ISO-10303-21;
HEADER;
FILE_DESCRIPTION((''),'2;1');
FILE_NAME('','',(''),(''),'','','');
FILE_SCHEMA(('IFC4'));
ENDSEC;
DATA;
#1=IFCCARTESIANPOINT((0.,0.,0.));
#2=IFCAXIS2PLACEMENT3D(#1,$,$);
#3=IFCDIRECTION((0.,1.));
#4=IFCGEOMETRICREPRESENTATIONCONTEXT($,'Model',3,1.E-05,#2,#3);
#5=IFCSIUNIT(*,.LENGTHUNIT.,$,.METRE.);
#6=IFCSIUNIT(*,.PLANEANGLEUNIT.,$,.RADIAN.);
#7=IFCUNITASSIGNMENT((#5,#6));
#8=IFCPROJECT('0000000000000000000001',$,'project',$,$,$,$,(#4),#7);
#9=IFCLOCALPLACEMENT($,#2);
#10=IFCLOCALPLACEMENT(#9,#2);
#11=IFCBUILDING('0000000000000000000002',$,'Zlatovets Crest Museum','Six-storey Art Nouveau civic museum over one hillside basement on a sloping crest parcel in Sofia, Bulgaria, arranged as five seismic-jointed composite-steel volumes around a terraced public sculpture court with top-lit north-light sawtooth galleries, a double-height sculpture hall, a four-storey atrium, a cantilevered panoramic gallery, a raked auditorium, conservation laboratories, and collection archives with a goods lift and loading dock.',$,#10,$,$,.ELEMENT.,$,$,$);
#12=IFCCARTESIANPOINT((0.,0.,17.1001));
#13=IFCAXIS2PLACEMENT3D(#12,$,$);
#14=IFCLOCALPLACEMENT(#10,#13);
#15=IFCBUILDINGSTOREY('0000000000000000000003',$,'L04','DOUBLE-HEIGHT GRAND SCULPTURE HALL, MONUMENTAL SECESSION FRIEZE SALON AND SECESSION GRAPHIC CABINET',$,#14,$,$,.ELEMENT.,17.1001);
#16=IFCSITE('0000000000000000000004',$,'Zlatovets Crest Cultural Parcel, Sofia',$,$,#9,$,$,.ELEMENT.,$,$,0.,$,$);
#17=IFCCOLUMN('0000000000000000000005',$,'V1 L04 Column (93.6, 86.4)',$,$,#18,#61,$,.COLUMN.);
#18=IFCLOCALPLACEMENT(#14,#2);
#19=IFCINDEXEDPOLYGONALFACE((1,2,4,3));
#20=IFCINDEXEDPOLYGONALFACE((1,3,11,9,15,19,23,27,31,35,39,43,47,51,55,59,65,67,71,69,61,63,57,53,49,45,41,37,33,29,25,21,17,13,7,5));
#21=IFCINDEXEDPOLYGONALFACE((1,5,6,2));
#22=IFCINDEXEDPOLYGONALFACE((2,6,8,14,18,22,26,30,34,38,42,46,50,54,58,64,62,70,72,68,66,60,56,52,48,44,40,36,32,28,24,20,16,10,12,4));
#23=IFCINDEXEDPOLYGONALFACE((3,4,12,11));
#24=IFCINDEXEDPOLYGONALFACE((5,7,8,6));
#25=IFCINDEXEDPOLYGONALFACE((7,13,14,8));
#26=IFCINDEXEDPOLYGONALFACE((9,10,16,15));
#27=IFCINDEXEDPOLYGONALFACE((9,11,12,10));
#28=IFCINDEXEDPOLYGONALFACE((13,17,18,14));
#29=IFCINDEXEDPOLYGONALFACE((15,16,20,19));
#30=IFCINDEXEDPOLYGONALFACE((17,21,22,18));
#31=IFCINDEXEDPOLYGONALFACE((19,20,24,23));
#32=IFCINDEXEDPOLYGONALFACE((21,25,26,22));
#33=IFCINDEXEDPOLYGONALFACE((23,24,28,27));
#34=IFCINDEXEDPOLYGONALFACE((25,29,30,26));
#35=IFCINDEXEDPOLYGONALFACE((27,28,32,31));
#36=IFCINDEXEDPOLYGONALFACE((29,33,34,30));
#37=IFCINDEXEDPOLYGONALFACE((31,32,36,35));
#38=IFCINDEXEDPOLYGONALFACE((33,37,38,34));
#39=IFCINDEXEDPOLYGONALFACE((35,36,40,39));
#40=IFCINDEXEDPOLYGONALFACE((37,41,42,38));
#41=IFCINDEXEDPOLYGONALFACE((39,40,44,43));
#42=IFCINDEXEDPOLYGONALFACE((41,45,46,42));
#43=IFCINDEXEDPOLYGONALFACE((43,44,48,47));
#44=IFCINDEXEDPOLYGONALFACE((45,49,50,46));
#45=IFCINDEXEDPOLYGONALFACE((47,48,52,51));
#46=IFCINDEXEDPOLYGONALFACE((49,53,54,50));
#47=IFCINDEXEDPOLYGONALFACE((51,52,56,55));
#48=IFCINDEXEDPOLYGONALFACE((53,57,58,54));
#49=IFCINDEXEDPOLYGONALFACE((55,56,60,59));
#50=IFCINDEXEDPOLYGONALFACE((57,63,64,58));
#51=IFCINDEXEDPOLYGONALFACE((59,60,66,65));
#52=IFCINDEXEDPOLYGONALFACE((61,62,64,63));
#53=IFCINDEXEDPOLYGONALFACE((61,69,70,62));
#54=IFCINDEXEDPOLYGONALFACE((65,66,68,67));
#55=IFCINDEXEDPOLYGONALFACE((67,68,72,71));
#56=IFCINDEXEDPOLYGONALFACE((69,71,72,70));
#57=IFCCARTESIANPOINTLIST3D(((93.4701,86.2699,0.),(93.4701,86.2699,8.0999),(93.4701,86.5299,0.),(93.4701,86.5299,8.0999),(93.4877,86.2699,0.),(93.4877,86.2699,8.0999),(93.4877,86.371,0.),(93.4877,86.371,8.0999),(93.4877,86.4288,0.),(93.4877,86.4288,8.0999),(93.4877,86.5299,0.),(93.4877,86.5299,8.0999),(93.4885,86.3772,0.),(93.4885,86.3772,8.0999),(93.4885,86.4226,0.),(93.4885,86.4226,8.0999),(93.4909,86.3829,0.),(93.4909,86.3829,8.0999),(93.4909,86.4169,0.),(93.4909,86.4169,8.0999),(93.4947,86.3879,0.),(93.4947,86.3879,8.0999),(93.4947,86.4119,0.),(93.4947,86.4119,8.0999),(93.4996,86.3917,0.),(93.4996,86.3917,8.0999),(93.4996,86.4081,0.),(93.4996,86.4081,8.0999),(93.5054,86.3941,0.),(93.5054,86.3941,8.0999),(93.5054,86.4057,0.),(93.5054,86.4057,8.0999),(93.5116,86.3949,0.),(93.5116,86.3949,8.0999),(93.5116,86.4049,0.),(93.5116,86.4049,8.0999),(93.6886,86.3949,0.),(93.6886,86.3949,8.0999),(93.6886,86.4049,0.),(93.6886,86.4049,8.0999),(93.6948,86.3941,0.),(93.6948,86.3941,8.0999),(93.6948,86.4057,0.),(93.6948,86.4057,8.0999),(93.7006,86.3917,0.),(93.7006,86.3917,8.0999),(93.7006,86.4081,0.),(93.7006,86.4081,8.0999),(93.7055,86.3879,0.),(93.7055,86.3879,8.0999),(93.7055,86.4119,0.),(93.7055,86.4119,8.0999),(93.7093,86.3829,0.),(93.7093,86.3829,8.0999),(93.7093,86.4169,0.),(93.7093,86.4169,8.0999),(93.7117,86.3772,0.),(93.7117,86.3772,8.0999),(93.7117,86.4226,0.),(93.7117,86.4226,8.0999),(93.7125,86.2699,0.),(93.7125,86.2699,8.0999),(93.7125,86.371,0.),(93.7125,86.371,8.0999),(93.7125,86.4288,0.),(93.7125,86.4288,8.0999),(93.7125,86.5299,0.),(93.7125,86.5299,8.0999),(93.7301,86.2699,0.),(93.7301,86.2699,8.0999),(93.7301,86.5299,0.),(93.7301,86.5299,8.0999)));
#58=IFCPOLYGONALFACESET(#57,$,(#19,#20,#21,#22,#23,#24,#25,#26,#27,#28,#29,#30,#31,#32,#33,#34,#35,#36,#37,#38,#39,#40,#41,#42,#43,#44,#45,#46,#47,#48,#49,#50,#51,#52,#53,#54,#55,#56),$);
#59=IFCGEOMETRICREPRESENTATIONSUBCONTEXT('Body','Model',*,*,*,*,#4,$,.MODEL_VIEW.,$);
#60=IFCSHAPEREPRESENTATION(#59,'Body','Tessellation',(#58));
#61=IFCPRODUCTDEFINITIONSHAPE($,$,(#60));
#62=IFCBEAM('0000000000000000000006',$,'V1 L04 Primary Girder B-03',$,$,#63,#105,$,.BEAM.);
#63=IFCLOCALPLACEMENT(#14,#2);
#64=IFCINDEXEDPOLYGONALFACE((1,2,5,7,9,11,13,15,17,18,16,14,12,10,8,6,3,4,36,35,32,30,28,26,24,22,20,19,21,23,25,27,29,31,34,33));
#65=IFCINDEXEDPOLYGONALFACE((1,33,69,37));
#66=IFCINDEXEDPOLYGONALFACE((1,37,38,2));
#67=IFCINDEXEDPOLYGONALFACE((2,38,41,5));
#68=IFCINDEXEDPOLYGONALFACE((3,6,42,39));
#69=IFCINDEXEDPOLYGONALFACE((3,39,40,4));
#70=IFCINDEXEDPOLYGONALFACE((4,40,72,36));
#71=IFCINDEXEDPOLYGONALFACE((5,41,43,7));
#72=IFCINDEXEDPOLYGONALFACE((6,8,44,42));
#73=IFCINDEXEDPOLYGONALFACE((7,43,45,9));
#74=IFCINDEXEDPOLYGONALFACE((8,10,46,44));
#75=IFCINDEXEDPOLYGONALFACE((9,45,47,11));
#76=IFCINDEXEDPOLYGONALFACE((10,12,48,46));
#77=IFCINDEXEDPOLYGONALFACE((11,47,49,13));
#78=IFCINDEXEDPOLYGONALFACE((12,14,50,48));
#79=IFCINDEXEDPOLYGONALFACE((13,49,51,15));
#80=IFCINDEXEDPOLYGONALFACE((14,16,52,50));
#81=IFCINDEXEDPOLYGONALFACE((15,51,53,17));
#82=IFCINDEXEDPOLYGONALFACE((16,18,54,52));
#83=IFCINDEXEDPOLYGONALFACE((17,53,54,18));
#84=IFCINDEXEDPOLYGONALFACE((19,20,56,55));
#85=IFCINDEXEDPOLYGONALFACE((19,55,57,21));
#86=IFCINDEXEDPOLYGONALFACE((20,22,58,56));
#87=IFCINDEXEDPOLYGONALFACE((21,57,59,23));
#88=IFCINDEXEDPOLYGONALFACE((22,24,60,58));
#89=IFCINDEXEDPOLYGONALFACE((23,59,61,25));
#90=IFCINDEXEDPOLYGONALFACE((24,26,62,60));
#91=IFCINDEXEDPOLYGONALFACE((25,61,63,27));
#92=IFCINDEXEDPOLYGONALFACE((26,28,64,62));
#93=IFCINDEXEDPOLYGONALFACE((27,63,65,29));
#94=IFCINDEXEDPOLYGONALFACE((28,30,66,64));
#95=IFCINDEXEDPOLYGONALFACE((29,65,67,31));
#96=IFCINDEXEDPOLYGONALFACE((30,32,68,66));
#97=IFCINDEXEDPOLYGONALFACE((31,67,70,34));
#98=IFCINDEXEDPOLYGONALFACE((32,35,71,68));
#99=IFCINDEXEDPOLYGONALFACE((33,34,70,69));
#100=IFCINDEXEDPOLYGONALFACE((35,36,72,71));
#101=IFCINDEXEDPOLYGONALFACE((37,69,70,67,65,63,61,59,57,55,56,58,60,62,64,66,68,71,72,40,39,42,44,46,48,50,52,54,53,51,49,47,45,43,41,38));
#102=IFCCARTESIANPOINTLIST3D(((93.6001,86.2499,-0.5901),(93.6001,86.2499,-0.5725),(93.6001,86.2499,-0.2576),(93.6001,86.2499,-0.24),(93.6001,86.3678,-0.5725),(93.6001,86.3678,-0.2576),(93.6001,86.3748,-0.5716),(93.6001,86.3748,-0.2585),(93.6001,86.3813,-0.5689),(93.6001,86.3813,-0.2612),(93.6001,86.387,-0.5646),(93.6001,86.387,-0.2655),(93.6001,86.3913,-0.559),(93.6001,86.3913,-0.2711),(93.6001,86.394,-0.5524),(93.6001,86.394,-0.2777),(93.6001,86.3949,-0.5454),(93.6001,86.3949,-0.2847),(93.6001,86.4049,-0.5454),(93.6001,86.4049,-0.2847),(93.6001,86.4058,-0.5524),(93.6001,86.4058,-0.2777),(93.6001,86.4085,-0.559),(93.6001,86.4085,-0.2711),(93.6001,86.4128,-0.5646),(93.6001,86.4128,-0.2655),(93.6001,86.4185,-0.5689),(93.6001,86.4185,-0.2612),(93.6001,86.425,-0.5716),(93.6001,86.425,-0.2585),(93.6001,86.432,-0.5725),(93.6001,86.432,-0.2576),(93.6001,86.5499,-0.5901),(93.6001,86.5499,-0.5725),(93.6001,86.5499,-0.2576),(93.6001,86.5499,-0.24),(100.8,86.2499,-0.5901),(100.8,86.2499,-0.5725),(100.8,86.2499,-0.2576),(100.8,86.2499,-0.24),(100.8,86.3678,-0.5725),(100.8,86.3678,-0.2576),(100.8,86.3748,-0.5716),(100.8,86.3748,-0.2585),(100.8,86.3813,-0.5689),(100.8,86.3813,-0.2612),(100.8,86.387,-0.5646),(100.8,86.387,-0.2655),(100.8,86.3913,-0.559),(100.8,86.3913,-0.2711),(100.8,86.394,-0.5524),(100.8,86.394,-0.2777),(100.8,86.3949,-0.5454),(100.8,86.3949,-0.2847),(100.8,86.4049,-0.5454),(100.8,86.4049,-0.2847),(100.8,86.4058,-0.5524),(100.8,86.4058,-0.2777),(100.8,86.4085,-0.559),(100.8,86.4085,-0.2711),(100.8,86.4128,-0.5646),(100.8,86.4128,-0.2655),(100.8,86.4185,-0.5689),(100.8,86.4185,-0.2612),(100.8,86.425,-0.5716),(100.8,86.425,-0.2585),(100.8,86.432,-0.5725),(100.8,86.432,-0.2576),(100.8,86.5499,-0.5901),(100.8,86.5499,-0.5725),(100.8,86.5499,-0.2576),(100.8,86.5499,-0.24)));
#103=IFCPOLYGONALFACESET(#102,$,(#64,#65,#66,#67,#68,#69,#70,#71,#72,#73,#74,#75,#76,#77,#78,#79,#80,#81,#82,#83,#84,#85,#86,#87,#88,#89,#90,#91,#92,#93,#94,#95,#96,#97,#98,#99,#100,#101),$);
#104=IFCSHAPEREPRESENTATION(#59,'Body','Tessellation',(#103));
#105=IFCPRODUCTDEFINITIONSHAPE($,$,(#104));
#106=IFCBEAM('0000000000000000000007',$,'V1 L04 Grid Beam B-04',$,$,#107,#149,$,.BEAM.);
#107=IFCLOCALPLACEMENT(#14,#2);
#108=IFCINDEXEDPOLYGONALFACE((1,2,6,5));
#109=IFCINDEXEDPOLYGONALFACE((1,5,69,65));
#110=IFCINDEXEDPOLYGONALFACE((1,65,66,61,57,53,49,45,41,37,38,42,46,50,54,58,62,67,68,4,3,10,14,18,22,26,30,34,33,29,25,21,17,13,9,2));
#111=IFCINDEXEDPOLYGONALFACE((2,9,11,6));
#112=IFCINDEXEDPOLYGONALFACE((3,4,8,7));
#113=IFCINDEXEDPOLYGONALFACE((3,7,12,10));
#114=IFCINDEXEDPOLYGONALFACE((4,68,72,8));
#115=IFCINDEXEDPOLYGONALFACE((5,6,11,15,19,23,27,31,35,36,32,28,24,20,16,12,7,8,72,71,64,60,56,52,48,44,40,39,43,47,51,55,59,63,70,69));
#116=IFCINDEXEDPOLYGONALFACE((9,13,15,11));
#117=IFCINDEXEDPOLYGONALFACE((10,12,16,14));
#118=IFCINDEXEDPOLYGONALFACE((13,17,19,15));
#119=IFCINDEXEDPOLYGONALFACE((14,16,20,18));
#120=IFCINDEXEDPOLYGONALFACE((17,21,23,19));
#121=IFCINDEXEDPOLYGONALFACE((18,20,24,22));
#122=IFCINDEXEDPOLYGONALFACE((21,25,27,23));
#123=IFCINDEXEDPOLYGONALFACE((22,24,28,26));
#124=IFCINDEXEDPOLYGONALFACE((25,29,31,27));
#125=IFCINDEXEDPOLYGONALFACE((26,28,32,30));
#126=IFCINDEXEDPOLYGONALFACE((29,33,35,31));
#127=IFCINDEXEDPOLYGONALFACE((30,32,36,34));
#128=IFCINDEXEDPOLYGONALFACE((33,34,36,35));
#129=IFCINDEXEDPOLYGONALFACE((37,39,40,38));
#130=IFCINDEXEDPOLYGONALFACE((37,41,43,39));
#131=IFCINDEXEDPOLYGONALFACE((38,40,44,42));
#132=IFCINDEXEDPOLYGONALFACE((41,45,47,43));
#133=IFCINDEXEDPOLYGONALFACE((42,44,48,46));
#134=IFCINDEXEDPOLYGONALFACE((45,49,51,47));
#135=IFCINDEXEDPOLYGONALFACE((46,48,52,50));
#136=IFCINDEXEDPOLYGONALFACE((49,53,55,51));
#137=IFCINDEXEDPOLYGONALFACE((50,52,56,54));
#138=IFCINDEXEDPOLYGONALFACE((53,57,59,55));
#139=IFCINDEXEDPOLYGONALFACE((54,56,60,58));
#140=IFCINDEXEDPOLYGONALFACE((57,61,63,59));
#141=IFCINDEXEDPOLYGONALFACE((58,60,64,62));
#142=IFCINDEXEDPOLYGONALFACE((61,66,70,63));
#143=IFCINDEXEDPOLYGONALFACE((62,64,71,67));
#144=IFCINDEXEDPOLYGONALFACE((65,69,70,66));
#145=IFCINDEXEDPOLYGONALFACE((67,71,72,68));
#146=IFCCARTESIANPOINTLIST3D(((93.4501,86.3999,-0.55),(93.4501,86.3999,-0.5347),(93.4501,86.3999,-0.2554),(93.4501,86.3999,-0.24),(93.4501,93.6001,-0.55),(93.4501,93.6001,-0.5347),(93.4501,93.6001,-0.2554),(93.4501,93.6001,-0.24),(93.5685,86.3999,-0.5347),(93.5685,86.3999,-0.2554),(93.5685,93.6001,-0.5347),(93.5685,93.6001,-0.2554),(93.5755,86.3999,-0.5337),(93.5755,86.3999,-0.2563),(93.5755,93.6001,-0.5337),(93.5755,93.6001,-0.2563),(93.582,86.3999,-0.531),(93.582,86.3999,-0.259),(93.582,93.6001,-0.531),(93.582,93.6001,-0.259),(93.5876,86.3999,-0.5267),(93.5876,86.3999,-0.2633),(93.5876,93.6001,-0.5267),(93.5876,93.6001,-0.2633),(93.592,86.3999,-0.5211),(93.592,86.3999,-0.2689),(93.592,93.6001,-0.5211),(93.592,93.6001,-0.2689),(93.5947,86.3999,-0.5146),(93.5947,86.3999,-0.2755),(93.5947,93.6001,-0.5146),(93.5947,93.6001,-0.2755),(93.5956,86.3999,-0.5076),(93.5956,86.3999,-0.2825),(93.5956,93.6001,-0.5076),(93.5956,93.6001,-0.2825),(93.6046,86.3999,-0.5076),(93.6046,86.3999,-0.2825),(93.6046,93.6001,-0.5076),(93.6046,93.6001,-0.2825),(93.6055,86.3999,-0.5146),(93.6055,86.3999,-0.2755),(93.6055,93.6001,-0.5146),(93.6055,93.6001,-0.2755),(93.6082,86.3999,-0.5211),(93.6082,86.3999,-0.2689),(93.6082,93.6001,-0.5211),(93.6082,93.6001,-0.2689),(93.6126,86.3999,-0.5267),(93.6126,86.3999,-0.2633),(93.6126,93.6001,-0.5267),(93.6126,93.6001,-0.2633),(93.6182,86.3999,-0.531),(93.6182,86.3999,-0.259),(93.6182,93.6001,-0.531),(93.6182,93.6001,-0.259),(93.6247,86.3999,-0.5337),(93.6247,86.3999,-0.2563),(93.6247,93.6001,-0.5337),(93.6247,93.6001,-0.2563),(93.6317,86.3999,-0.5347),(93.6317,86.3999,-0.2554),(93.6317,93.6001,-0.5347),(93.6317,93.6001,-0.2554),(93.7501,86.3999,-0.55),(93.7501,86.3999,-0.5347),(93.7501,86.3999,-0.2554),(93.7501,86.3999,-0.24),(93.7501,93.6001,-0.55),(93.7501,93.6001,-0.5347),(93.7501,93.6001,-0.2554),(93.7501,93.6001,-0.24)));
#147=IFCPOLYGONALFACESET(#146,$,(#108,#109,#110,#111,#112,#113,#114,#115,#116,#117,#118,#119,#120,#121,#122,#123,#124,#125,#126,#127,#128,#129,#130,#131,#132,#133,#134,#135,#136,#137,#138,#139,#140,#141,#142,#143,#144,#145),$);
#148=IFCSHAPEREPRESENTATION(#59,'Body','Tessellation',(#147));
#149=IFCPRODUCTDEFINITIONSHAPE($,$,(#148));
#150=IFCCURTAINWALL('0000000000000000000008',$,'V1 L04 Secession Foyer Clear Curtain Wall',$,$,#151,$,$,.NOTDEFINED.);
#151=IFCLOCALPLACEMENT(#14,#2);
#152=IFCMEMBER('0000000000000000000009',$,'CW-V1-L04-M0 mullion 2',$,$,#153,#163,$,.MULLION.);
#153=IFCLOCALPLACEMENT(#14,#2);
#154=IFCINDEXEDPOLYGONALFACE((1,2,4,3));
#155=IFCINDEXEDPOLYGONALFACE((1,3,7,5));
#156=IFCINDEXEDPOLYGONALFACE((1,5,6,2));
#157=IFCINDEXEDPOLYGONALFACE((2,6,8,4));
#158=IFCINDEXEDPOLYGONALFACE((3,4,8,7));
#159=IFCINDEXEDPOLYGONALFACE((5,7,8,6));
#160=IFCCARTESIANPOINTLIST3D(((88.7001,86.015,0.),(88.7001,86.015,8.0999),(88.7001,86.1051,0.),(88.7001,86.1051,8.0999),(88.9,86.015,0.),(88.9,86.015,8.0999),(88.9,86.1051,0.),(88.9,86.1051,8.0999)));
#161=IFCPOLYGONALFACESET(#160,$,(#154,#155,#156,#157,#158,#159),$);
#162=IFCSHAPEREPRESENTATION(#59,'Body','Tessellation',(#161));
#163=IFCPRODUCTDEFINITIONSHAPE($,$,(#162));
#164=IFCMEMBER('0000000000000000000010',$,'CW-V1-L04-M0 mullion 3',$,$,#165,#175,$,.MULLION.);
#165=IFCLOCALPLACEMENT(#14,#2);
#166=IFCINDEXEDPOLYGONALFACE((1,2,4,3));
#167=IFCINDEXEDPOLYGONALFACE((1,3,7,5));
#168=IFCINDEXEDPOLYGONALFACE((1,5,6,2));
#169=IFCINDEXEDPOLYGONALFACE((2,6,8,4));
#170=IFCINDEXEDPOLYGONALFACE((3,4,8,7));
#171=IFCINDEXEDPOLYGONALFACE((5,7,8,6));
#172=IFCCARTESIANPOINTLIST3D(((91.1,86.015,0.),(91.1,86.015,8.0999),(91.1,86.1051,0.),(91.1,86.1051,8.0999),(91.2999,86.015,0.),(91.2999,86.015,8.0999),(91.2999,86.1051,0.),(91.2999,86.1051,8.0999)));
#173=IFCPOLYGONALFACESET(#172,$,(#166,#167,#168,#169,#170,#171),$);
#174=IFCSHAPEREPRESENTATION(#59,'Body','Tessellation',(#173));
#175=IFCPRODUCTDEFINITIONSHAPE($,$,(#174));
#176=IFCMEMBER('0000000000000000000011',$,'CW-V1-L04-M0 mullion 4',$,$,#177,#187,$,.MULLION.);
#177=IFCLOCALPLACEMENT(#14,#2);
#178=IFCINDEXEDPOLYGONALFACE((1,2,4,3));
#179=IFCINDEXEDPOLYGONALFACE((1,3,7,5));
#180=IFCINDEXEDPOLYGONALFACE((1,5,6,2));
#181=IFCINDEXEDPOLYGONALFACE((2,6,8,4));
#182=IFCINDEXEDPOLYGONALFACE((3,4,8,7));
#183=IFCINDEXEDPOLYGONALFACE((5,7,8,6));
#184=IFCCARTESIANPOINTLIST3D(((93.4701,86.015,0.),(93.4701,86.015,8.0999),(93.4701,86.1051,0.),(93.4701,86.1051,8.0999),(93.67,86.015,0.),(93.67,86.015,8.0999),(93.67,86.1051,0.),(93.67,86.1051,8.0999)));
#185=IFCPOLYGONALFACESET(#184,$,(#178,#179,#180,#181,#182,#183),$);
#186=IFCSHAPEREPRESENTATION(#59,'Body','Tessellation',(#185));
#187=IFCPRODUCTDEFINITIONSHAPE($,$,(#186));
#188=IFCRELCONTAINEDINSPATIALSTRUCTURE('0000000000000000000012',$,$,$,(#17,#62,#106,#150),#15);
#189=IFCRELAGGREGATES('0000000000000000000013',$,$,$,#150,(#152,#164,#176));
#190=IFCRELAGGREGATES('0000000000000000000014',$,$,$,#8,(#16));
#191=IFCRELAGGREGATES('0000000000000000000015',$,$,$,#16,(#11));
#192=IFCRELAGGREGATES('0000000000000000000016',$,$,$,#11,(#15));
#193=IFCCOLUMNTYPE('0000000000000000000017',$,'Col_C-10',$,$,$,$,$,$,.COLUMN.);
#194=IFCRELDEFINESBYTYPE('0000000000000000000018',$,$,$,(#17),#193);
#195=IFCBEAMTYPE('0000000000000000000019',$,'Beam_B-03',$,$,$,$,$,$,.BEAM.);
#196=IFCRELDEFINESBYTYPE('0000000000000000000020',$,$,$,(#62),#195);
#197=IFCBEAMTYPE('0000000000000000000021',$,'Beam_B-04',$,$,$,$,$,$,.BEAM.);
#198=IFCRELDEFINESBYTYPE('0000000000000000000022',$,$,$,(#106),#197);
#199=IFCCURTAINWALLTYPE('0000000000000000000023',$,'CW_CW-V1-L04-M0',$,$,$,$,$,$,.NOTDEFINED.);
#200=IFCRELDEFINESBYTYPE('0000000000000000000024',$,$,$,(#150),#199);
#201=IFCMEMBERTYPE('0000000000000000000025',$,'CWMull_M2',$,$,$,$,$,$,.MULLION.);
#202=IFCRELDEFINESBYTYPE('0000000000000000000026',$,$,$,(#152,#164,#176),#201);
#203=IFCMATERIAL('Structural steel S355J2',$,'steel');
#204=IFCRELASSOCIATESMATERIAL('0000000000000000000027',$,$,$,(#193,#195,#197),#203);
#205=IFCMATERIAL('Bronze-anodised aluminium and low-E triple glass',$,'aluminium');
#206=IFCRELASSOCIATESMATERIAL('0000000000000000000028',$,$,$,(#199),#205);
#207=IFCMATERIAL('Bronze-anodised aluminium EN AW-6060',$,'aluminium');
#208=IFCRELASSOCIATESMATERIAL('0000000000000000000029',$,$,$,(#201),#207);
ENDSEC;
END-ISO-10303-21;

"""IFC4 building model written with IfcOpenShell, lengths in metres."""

from ifc_helpers import new_model, si_unit, direction, frame, origin, origin_2d, place, context, subcontext, project, spatial, rectangle, i_section, extrude, material, material_profile, profile_set, type_object, element, aggregate, save


model = new_model("IFC4")

# Units and contexts
model_context = context("Model", 3, precision=1e-05, world=origin(), true_north=direction((0.0, 1.0)))
body_context = subcontext(model_context, "Body", "Model", "MODEL_VIEW")
ifc_project = project(units=[si_unit("LENGTHUNIT", "METRE"), si_unit("PLANEANGLEUNIT", "RADIAN")], contexts=[model_context])

# Site, building, storey
site_placement = place(None, origin())
site = spatial("IfcSite", under=ifc_project, at=site_placement, Name="Zlatovets Crest Cultural Parcel, Sofia", CompositionType="ELEMENT", RefElevation=0.0)
building_placement = place(site_placement, origin())
building = spatial("IfcBuilding", under=site, at=building_placement, Name="Zlatovets Crest Museum", Description="Six-storey Art Nouveau civic museum over one hillside basement on a sloping crest parcel in Sofia, Bulgaria, arranged as five seismic-jointed composite-steel volumes around a terraced public sculpture court with top-lit north-light sawtooth galleries, a double-height sculpture hall, a four-storey atrium, a cantilevered panoramic gallery, a raked auditorium, conservation laboratories, and collection archives with a goods lift and loading dock.", CompositionType="ELEMENT")
storey_placement = place(building_placement, frame((0.0, 0.0, 17.1001)))
storey = spatial("IfcBuildingStorey", under=building, at=storey_placement, Name="L04", Description="DOUBLE-HEIGHT GRAND SCULPTURE HALL, MONUMENTAL SECESSION FRIEZE SALON AND SECESSION GRAPHIC CABINET", CompositionType="ELEMENT", Elevation=17.1001)

# Column
ifc_material_1 = material(Name="Structural steel S355J2", Category="steel")
ifc_material_profile_1 = material_profile(ifc_material_1, i_section(OverallWidth=0.26, OverallDepth=0.26, WebThickness=0.01, FlangeThickness=0.0176, FilletRadius=0.0239, at=origin_2d()), Name="HEB 260")
ifc_profile_set_1 = profile_set([ifc_material_profile_1], Name="Structural steel S355J2")
column_type = type_object("IfcColumnType", Name="Col_C-10", PredefinedType="COLUMN", material=ifc_profile_set_1)
column_placement = place(storey_placement, frame((93.6001, 86.3999, 0.0), z_axis=(0.0, 0.0, 1.0), x_axis=(0.0, 1.0, 0.0)))
element("IfcColumn", 1, at=column_placement, inside=storey, type_object=column_type, Name="V1 L04 Column (93.6, 86.4)", PredefinedType="COLUMN", context=body_context, shape_type="SweptSolid", body=[
    extrude(i_section(OverallWidth=0.26, OverallDepth=0.26, WebThickness=0.01, FlangeThickness=0.0176, FilletRadius=0.0239, at=origin_2d()), origin(), (0.0, 0.0, 1.0), 8.0999),
])

# Beams
ifc_material_profile_2 = material_profile(ifc_material_1, i_section(OverallWidth=0.3, OverallDepth=0.3501, WebThickness=0.01, FlangeThickness=0.0176, FilletRadius=0.0271, at=origin_2d()), Name="HEA 360")
ifc_profile_set_2 = profile_set([ifc_material_profile_2], Name="Structural steel S355J2")
beam_type_1 = type_object("IfcBeamType", Name="Beam_B-03", PredefinedType="BEAM", material=ifc_profile_set_2)
beam_1_placement = place(storey_placement, frame((93.6001, 86.3999, -0.415), z_axis=(1.0, 0.0, 0.0), x_axis=(0.0, 1.0, 0.0)))
element("IfcBeam", 2, at=beam_1_placement, inside=storey, type_object=beam_type_1, Name="V1 L04 Primary Girder B-03", PredefinedType="BEAM", context=body_context, shape_type="SweptSolid", body=[
    extrude(i_section(OverallWidth=0.3, OverallDepth=0.3501, WebThickness=0.01, FlangeThickness=0.0176, FilletRadius=0.0271, at=origin_2d()), origin(), (0.0, 0.0, 1.0), 7.2),
])
ifc_material_profile_3 = material_profile(ifc_material_1, i_section(OverallWidth=0.3, OverallDepth=0.3101, WebThickness=0.009, FlangeThickness=0.0154, FilletRadius=0.0271, at=origin_2d()), Name="HEA 320")
ifc_profile_set_3 = profile_set([ifc_material_profile_3], Name="Structural steel S355J2")
beam_type_2 = type_object("IfcBeamType", Name="Beam_B-04", PredefinedType="BEAM", material=ifc_profile_set_3)
beam_2_placement = place(storey_placement, frame((93.6001, 86.3999, -0.395), z_axis=(0.0, 1.0, 0.0), x_axis=(-1.0, 0.0, 0.0)))
element("IfcBeam", 3, at=beam_2_placement, inside=storey, type_object=beam_type_2, Name="V1 L04 Grid Beam B-04", PredefinedType="BEAM", context=body_context, shape_type="SweptSolid", body=[
    extrude(i_section(OverallWidth=0.3, OverallDepth=0.3101, WebThickness=0.009, FlangeThickness=0.0154, FilletRadius=0.0271, at=origin_2d()), origin(), (0.0, 0.0, 1.0), 7.2002),
])

# Curtain wall, members
ifc_material_2 = material(Name="Bronze-anodised aluminium and low-E triple glass", Category="aluminium")
curtain_wall_type = type_object("IfcCurtainWallType", Name="CW_CW-V1-L04-M0", PredefinedType="NOTDEFINED", material=ifc_material_2)
curtain_wall_placement = place(storey_placement, origin())
curtain_wall = element("IfcCurtainWall", 4, at=curtain_wall_placement, inside=storey, type_object=curtain_wall_type, Name="V1 L04 Secession Foyer Clear Curtain Wall", PredefinedType="NOTDEFINED")
ifc_material_3 = material(Name="Bronze-anodised aluminium EN AW-6060", Category="aluminium")
ifc_material_profile_4 = material_profile(ifc_material_3, rectangle(XDim=0.0901, YDim=0.2, at=origin_2d()), Name="ALU 90x200")
ifc_profile_set_4 = profile_set([ifc_material_profile_4], Name="Bronze-anodised aluminium EN AW-6060")
member_type_1 = type_object("IfcMemberType", Name="CWMull_M2", PredefinedType="MULLION", material=ifc_profile_set_4)
member_1_placement = place(storey_placement, frame((88.8, 86.0601, 0.0), z_axis=(0.0, 0.0, 1.0), x_axis=(0.0, 1.0, 0.0)))
member_1 = element("IfcMember", 5, at=member_1_placement, type_object=member_type_1, Name="CW-V1-L04-M0 mullion 2", PredefinedType="MULLION", context=body_context, shape_type="SweptSolid", body=[
    extrude(rectangle(XDim=0.0901, YDim=0.2, at=origin_2d()), origin(), (0.0, 0.0, 1.0), 8.0999),
])
member_2_placement = place(storey_placement, frame((91.2, 86.0601, 0.0), z_axis=(0.0, 0.0, 1.0), x_axis=(0.0, 1.0, 0.0)))
member_2 = element("IfcMember", 6, at=member_2_placement, type_object=member_type_1, Name="CW-V1-L04-M0 mullion 3", PredefinedType="MULLION", context=body_context, shape_type="SweptSolid", body=[
    extrude(rectangle(XDim=0.0901, YDim=0.2, at=origin_2d()), origin(), (0.0, 0.0, 1.0), 8.0999),
])
member_3_placement = place(storey_placement, frame((93.5701, 86.0601, 0.0), z_axis=(0.0, 0.0, 1.0), x_axis=(0.0, 1.0, 0.0)))
member_3 = element("IfcMember", 7, at=member_3_placement, type_object=member_type_1, Name="CW-V1-L04-M0 mullion 4", PredefinedType="MULLION", context=body_context, shape_type="SweptSolid", body=[
    extrude(rectangle(XDim=0.0901, YDim=0.2, at=origin_2d()), origin(), (0.0, 0.0, 1.0), 8.0999),
])

aggregate(curtain_wall, [member_1, member_2, member_3])

save(model, "model.ifc")
